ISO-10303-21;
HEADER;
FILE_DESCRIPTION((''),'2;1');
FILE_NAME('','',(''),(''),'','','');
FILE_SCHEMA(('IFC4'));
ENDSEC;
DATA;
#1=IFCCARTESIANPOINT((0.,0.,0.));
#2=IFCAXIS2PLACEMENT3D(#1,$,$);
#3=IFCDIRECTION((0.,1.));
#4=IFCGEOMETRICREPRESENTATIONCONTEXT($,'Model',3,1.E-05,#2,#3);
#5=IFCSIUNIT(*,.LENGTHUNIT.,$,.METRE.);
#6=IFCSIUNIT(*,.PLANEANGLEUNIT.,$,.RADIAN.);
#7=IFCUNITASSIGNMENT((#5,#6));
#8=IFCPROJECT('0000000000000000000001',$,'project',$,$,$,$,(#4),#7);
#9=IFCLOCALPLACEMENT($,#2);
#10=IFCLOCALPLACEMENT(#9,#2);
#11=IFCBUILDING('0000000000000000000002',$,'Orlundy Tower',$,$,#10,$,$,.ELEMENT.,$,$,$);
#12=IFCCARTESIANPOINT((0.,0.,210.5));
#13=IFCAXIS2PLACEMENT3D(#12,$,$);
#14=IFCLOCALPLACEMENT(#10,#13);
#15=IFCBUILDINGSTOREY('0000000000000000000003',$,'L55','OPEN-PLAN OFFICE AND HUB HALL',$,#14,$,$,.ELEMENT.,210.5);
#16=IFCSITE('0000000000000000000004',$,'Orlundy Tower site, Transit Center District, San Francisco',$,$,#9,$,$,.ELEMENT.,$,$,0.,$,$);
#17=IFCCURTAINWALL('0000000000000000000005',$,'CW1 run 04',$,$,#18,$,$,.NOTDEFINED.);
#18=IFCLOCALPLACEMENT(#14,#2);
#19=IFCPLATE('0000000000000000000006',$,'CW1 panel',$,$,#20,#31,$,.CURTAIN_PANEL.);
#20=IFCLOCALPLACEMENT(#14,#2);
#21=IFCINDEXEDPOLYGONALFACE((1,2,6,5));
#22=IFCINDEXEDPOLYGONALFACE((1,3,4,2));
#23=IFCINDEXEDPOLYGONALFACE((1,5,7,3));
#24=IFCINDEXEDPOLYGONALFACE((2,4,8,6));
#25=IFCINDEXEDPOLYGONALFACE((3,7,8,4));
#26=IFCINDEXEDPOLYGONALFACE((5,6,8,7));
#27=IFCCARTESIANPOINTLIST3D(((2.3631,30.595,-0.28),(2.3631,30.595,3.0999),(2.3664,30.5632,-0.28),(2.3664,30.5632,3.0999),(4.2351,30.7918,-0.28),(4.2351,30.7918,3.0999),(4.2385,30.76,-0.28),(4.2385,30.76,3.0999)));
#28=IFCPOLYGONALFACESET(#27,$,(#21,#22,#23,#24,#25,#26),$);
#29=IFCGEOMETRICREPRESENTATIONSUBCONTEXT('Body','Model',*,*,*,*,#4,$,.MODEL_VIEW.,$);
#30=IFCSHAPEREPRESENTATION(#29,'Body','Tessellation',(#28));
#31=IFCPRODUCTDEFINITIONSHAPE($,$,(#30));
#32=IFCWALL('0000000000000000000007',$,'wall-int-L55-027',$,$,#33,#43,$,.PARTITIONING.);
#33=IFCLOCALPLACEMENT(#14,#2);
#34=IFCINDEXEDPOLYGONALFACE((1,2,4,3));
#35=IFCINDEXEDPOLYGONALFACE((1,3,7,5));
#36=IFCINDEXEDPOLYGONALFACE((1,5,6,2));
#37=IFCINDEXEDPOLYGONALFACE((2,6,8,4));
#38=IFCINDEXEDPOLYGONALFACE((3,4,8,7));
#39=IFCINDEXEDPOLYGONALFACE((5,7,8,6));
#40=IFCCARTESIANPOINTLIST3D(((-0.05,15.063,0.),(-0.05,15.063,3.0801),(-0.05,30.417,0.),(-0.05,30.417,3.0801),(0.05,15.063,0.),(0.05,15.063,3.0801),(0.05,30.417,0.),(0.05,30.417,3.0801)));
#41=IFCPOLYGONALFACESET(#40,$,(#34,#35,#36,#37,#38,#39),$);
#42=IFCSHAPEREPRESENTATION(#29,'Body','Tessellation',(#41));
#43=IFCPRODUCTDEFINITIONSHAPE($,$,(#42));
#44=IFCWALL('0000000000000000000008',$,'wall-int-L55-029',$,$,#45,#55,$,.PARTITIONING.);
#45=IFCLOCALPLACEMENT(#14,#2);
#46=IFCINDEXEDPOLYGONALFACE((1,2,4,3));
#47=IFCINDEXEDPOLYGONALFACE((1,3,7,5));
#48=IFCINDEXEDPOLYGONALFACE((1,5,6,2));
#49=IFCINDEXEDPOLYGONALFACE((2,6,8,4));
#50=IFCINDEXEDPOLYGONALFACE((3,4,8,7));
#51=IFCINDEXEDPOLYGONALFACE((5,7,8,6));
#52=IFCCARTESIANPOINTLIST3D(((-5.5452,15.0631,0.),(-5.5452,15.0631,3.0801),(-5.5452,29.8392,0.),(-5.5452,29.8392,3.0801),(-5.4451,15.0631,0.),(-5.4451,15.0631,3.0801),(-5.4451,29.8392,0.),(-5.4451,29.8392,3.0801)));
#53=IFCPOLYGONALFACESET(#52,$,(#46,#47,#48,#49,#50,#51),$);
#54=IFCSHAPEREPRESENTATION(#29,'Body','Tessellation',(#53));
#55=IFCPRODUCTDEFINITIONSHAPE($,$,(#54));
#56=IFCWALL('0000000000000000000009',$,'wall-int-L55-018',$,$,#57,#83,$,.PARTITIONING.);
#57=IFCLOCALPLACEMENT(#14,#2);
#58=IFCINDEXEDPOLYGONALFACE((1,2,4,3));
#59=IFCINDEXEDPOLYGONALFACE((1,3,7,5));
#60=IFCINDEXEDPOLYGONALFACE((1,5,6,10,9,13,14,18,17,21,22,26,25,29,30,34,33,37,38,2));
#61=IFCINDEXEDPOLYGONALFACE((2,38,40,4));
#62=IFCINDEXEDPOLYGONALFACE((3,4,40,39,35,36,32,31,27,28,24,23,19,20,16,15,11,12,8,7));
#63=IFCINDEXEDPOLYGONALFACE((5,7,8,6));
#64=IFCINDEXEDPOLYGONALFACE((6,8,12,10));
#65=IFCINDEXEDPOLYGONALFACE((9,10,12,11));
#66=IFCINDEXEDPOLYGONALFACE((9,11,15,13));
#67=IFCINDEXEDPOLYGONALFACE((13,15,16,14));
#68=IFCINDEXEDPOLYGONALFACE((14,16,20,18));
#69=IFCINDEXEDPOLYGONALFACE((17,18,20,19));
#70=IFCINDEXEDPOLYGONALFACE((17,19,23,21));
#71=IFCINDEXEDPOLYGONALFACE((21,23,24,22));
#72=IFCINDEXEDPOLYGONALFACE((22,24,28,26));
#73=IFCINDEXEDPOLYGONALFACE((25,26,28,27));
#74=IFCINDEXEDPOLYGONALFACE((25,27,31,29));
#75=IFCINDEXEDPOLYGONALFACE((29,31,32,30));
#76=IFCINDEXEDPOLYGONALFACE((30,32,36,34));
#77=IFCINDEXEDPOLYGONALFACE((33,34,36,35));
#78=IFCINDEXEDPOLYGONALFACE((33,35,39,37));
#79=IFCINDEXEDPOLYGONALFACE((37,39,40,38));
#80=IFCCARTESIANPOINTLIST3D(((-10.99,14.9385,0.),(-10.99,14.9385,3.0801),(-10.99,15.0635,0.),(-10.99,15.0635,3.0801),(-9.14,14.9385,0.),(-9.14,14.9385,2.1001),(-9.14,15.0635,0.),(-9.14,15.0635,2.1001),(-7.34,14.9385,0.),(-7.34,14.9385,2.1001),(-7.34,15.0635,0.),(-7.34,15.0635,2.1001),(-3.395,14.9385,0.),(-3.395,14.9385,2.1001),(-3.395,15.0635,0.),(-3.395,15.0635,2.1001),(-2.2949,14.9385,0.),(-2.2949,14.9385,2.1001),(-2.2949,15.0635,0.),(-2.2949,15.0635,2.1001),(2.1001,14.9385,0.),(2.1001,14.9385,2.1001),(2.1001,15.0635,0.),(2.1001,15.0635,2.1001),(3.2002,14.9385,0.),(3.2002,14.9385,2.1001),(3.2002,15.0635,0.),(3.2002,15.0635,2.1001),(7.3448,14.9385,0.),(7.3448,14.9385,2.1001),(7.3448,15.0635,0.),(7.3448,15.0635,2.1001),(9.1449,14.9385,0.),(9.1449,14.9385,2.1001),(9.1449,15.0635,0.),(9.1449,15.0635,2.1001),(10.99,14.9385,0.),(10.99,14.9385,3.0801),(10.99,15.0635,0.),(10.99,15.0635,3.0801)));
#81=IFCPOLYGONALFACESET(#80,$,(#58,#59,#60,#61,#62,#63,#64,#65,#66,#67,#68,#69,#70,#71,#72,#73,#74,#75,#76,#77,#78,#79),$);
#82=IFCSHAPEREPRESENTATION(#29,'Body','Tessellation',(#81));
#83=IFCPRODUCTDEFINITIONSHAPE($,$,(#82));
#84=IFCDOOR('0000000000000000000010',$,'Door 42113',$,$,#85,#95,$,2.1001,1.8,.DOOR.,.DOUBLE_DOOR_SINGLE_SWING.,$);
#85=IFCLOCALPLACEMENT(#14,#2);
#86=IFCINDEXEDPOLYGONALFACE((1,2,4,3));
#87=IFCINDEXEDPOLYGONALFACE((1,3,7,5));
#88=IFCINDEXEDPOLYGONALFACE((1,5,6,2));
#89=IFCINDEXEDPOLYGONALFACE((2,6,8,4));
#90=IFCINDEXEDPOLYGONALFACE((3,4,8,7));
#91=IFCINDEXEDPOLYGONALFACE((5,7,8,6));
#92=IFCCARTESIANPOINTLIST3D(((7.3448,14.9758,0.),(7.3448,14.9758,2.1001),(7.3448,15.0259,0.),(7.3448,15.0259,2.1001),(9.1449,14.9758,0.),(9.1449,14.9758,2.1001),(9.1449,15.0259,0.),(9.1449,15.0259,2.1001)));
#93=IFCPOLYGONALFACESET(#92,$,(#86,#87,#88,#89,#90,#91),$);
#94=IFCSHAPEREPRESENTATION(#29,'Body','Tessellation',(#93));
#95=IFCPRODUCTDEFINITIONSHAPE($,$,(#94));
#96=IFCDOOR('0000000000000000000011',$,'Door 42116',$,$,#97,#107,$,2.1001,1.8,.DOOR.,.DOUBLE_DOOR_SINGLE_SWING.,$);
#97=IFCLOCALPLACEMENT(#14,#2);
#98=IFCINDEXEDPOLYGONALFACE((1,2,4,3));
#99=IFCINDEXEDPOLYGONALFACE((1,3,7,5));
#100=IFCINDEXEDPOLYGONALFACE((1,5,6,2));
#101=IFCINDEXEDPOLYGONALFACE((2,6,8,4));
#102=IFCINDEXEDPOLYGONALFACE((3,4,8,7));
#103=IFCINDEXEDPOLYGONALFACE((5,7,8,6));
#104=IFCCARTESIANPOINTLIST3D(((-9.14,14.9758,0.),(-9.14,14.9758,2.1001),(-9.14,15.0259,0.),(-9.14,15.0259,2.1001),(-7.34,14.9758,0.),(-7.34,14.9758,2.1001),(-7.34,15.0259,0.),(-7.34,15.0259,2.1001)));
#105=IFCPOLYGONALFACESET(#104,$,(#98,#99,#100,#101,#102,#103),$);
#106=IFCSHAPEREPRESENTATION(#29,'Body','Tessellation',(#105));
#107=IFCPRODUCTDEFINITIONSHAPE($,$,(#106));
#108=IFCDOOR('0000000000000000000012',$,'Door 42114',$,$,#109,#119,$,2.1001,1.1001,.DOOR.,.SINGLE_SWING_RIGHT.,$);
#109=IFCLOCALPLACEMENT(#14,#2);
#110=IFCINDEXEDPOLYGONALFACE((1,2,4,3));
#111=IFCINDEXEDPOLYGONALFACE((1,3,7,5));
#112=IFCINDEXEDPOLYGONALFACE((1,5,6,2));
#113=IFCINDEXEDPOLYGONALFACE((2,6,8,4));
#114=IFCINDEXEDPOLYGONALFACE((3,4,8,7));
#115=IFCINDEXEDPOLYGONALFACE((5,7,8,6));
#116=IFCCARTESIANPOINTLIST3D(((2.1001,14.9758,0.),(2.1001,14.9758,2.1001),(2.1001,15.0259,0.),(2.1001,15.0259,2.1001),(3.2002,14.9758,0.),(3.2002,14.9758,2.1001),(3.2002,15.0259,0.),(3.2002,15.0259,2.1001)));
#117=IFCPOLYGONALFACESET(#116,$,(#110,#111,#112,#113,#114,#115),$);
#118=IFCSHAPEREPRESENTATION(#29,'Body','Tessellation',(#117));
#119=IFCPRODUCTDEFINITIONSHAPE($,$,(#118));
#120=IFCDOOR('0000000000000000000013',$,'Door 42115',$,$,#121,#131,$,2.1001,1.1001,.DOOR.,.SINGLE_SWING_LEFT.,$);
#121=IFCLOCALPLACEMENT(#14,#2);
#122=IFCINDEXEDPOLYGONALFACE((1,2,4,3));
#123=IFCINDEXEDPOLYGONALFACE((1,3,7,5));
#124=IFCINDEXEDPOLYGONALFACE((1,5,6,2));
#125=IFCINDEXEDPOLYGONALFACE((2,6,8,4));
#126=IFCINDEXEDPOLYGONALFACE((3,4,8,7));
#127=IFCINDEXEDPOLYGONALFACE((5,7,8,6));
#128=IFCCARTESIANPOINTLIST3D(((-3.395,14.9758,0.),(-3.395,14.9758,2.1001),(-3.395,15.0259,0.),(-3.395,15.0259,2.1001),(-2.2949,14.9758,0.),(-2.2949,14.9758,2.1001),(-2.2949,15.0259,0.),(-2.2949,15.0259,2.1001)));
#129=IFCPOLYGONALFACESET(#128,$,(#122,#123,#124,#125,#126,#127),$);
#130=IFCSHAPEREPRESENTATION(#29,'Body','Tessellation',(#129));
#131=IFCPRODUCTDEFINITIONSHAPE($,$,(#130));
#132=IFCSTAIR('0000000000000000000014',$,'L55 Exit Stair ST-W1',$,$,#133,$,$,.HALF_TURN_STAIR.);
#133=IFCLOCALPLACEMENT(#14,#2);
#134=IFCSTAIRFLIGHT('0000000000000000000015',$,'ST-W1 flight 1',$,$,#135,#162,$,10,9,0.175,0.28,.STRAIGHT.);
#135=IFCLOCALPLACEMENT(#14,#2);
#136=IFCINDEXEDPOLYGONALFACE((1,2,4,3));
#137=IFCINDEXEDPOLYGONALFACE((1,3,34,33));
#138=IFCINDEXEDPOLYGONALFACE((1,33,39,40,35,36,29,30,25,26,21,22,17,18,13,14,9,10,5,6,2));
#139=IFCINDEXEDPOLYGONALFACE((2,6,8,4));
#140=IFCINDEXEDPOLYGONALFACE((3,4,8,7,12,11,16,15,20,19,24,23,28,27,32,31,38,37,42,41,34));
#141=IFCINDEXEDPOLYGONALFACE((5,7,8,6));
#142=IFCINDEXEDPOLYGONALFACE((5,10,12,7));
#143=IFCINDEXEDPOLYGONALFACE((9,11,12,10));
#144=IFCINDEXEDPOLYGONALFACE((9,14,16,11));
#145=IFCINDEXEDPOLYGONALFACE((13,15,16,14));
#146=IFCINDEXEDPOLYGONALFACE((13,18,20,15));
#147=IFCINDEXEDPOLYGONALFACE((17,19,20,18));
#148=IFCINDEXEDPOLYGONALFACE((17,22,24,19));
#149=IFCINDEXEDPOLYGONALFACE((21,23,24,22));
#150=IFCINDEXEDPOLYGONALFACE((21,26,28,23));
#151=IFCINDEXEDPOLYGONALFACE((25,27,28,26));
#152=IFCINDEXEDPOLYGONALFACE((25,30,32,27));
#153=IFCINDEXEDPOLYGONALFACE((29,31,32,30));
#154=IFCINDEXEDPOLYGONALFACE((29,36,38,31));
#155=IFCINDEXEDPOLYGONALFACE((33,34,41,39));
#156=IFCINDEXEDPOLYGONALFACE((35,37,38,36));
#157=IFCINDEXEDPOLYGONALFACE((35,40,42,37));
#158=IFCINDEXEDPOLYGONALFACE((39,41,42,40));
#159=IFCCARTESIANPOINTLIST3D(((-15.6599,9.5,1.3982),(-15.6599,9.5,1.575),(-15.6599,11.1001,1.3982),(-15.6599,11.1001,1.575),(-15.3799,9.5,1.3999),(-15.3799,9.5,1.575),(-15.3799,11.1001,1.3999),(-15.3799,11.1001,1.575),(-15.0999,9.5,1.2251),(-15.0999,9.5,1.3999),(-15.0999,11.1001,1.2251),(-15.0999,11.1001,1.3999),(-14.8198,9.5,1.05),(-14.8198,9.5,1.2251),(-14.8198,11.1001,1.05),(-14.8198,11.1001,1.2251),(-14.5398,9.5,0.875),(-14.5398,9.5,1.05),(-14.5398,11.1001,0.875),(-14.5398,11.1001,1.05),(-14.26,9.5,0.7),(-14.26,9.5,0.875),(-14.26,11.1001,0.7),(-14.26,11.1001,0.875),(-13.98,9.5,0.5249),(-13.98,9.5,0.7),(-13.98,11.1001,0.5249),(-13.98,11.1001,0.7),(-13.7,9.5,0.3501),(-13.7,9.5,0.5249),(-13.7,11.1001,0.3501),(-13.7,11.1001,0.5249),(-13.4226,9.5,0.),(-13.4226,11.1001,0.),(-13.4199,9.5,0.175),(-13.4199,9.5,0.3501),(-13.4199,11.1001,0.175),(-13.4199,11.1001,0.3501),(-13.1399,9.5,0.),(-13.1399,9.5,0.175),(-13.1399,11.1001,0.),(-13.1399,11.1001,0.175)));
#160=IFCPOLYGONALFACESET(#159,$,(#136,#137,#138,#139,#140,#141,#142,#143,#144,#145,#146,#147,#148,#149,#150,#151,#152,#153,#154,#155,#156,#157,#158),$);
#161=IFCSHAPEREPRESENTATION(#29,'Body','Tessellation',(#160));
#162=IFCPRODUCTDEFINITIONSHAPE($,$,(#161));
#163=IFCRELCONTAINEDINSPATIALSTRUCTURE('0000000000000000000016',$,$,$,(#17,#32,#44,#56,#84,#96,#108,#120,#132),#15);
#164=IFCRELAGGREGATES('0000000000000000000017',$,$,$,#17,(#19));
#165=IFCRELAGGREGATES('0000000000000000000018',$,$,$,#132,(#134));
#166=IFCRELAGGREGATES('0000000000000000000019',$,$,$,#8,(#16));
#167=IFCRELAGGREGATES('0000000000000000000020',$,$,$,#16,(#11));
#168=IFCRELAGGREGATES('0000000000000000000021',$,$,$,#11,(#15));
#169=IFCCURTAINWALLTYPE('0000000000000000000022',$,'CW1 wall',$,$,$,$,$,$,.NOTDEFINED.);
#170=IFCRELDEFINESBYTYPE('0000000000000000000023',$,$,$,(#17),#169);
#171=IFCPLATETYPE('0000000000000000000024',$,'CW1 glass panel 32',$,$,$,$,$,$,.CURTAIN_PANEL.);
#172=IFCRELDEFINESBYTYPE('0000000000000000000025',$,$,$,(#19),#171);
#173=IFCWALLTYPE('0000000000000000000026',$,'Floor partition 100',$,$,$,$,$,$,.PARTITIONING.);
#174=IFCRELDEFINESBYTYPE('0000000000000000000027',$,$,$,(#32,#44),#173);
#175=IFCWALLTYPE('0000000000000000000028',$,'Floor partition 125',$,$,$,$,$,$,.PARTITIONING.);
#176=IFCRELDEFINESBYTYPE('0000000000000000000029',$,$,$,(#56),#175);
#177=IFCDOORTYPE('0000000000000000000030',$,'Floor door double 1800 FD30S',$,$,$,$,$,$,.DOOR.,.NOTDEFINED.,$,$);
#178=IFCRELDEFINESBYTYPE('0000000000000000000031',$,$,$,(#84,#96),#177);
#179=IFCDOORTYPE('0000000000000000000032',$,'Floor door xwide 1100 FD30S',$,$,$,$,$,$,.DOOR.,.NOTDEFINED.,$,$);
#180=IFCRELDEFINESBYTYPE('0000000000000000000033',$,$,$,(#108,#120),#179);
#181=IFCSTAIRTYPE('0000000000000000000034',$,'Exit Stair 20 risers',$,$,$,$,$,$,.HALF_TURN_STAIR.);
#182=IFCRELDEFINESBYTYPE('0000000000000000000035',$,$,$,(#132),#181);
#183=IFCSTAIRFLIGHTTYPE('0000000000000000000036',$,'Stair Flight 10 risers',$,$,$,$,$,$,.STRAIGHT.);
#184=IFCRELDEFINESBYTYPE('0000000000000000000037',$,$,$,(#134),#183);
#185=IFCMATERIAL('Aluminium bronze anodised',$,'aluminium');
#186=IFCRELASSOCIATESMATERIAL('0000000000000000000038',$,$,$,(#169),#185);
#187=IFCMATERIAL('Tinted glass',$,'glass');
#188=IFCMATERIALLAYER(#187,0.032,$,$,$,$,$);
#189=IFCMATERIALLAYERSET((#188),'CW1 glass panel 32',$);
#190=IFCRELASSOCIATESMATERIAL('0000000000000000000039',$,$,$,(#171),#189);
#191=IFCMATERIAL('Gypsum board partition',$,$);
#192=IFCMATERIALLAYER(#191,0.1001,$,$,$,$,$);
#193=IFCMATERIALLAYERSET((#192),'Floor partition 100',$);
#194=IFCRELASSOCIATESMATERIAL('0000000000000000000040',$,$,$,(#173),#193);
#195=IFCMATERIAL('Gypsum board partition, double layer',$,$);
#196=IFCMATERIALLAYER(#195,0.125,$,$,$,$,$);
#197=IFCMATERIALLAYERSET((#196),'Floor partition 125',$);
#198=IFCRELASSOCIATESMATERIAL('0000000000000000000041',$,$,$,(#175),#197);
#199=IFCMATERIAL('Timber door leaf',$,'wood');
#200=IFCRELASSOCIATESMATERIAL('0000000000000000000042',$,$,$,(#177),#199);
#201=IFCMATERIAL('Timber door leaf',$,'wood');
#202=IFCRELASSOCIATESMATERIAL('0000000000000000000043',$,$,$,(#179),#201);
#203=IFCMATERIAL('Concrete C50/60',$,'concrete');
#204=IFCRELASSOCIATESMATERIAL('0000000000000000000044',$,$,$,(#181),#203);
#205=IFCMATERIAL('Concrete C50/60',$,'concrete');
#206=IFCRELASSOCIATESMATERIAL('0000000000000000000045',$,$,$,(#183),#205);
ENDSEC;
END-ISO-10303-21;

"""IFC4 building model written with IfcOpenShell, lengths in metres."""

from ifc_helpers import new_model, si_unit, direction, frame, frame_2d, origin, origin_2d, place, context, subcontext, project, spatial, polyline, rectangle, outline, extrude, material, layer, layer_set, type_object, element, fill, aggregate, save


model = new_model("IFC4")

# Units and contexts
model_context = context("Model", 3, precision=1e-05, world=origin(), true_north=direction((0.0, 1.0)))
body_context = subcontext(model_context, "Body", "Model", "MODEL_VIEW")
ifc_project = project(units=[si_unit("LENGTHUNIT", "METRE"), si_unit("PLANEANGLEUNIT", "RADIAN")], contexts=[model_context])

# Site, building, storey
site_placement = place(None, origin())
site = spatial("IfcSite", under=ifc_project, at=site_placement, Name="Orlundy Tower site, Transit Center District, San Francisco", CompositionType="ELEMENT", RefElevation=0.0)
building_placement = place(site_placement, origin())
building = spatial("IfcBuilding", under=site, at=building_placement, Name="Orlundy Tower", CompositionType="ELEMENT")
storey_placement = place(building_placement, frame((0.0, 0.0, 210.5)))
storey = spatial("IfcBuildingStorey", under=building, at=storey_placement, Name="L55", Description="OPEN-PLAN OFFICE AND HUB HALL", CompositionType="ELEMENT", Elevation=210.5)

# Curtain wall
ifc_material_1 = material(Name="Aluminium bronze anodised", Category="aluminium")
curtain_wall_type = type_object("IfcCurtainWallType", Name="CW1 wall", PredefinedType="NOTDEFINED", material=ifc_material_1)
curtain_wall_1_placement = place(storey_placement, origin())
curtain_wall_1 = element("IfcCurtainWall", 1, at=curtain_wall_1_placement, inside=storey, type_object=curtain_wall_type, Name="CW1 run 04", PredefinedType="NOTDEFINED")

# Shared definitions
ifc_material_2 = material(Name="Tinted glass", Category="glass")
ifc_layer_1 = layer(ifc_material_2, 0.032)
ifc_layer_set_1 = layer_set([ifc_layer_1], Name="CW1 glass panel 32")
plate_type = type_object("IfcPlateType", Name="CW1 glass panel 32", PredefinedType="CURTAIN_PANEL", material=ifc_layer_set_1)

# Plate
plate_1_placement = place(storey_placement, frame((3.3008, 30.6775, -0.28), z_axis=(0.0, 0.0, 1.0), x_axis=(0.994521, 0.104538, 0.0)))
plate_1 = element("IfcPlate", 2, at=plate_1_placement, type_object=plate_type, Name="CW1 panel", PredefinedType="CURTAIN_PANEL", context=body_context, shape_type="SweptSolid", body=[
    extrude(rectangle(XDim=1.8823, YDim=0.032, at=origin_2d()), origin(), (0.0, 0.0, 1.0), 3.3799),
])
aggregate(curtain_wall_1, [plate_1])

# Walls
ifc_material_3 = material(Name="Gypsum board partition")
ifc_layer_2 = layer(ifc_material_3, 0.1001)
ifc_layer_set_2 = layer_set([ifc_layer_2], Name="Floor partition 100")
wall_type_1 = type_object("IfcWallType", Name="Floor partition 100", PredefinedType="PARTITIONING", material=ifc_layer_set_2)
wall_1_placement = place(storey_placement, frame((0.0, 15.063, 0.0), z_axis=(0.0, 0.0, 1.0), x_axis=(0.0, 1.0, 0.0)))
element("IfcWall", 3, at=wall_1_placement, inside=storey, type_object=wall_type_1, Name="wall-int-L55-027", PredefinedType="PARTITIONING", context=body_context, shape_type="SweptSolid", body=[
    extrude(rectangle(XDim=15.354, YDim=0.1001, at=frame_2d((7.677, 0.0))), origin(), (0.0, 0.0, 1.0), 3.0801),
])
wall_2_placement = place(storey_placement, frame((-5.4951, 15.063, 0.0), z_axis=(0.0, 0.0, 1.0), x_axis=(0.0, 1.0, 0.0)))
element("IfcWall", 4, at=wall_2_placement, inside=storey, type_object=wall_type_1, Name="wall-int-L55-029", PredefinedType="PARTITIONING", context=body_context, shape_type="SweptSolid", body=[
    extrude(rectangle(XDim=14.7761, YDim=0.1001, at=frame_2d((7.3882, 0.0))), origin(), (0.0, 0.0, 1.0), 3.0801),
])

# Wall, openings, doors
ifc_material_4 = material(Name="Gypsum board partition, double layer")
ifc_layer_3 = layer(ifc_material_4, 0.125)
ifc_layer_set_3 = layer_set([ifc_layer_3], Name="Floor partition 125")
wall_type_2 = type_object("IfcWallType", Name="Floor partition 125", PredefinedType="PARTITIONING", material=ifc_layer_set_3)
wall_3_placement = place(storey_placement, frame((-10.99, 15.001, 0.0), z_axis=(0.0, 0.0, 1.0), x_axis=(1.0, 0.0, 0.0)))
wall_3 = element("IfcWall", 5, at=wall_3_placement, inside=storey, type_object=wall_type_2, Name="wall-int-L55-018", PredefinedType="PARTITIONING", context=body_context, shape_type="SweptSolid", body=[
    extrude(rectangle(XDim=21.98, YDim=0.125, at=frame_2d((10.99, 0.0))), origin(), (0.0, 0.0, 1.0), 3.0801),
])
opening_1_placement = place(wall_3_placement, frame((18.335, 0.0, 0.0)))
opening_1 = element("IfcOpeningElement", 6, at=opening_1_placement, cuts=wall_3, PredefinedType="OPENING", context=body_context, shape_type="SweptSolid", body=[
    extrude(rectangle(XDim=1.8, YDim=2.1001, at=frame_2d((0.8999, 1.05))), frame((0.0, 0.0725, 0.0), z_axis=(0.0, -1.0, 0.0), x_axis=(1.0, 0.0, 0.0)), (0.0, 0.0, 1.0), 0.145),
])
opening_2_placement = place(wall_3_placement, frame((13.0901, 0.0, 0.0)))
opening_2 = element("IfcOpeningElement", 7, at=opening_2_placement, cuts=wall_3, PredefinedType="OPENING", context=body_context, shape_type="SweptSolid", body=[
    extrude(rectangle(XDim=1.1001, YDim=2.1001, at=frame_2d((0.55, 1.05))), frame((0.0, 0.0725, 0.0), z_axis=(0.0, -1.0, 0.0), x_axis=(1.0, 0.0, 0.0)), (0.0, 0.0, 1.0), 0.145),
])
opening_3_placement = place(wall_3_placement, frame((7.595, 0.0, 0.0)))
opening_3 = element("IfcOpeningElement", 8, at=opening_3_placement, cuts=wall_3, PredefinedType="OPENING", context=body_context, shape_type="SweptSolid", body=[
    extrude(rectangle(XDim=1.1001, YDim=2.1001, at=frame_2d((0.55, 1.05))), frame((0.0, 0.0725, 0.0), z_axis=(0.0, -1.0, 0.0), x_axis=(1.0, 0.0, 0.0)), (0.0, 0.0, 1.0), 0.145),
])
opening_4_placement = place(wall_3_placement, frame((1.8501, 0.0, 0.0)))
opening_4 = element("IfcOpeningElement", 9, at=opening_4_placement, cuts=wall_3, PredefinedType="OPENING", context=body_context, shape_type="SweptSolid", body=[
    extrude(rectangle(XDim=1.8, YDim=2.1001, at=frame_2d((0.8999, 1.05))), frame((0.0, 0.0725, 0.0), z_axis=(0.0, -1.0, 0.0), x_axis=(1.0, 0.0, 0.0)), (0.0, 0.0, 1.0), 0.145),
])
ifc_material_5 = material(Name="Timber door leaf", Category="wood")
door_type_1 = type_object("IfcDoorType", Name="Floor door double 1800 FD30S", OperationType="NOTDEFINED", PredefinedType="DOOR", material=ifc_material_5)
door_1_placement = place(opening_1_placement, origin())
door_1 = element("IfcDoor", 10, at=door_1_placement, inside=storey, type_object=door_type_1, Name="Door 42113", OperationType="DOUBLE_DOOR_SINGLE_SWING", OverallHeight=2.1001, OverallWidth=1.8, PredefinedType="DOOR", context=body_context, shape_type="SweptSolid", body=[
    extrude(rectangle(XDim=1.8, YDim=2.1001, at=frame_2d((0.8999, 1.05))), frame((0.0, 0.0249, 0.0), z_axis=(0.0, -1.0, 0.0), x_axis=(1.0, 0.0, 0.0)), (0.0, 0.0, 1.0), 0.05),
])
fill(opening_1, door_1)
door_2_placement = place(opening_4_placement, origin())
door_2 = element("IfcDoor", 11, at=door_2_placement, inside=storey, type_object=door_type_1, Name="Door 42116", OperationType="DOUBLE_DOOR_SINGLE_SWING", OverallHeight=2.1001, OverallWidth=1.8, PredefinedType="DOOR", context=body_context, shape_type="SweptSolid", body=[
    extrude(rectangle(XDim=1.8, YDim=2.1001, at=frame_2d((0.8999, 1.05))), frame((0.0, 0.0249, 0.0), z_axis=(0.0, -1.0, 0.0), x_axis=(1.0, 0.0, 0.0)), (0.0, 0.0, 1.0), 0.05),
])
fill(opening_4, door_2)
ifc_material_6 = material(Name="Timber door leaf", Category="wood")
door_type_2 = type_object("IfcDoorType", Name="Floor door xwide 1100 FD30S", OperationType="NOTDEFINED", PredefinedType="DOOR", material=ifc_material_6)
door_3_placement = place(opening_2_placement, origin())
door_3 = element("IfcDoor", 12, at=door_3_placement, inside=storey, type_object=door_type_2, Name="Door 42114", OperationType="SINGLE_SWING_RIGHT", OverallHeight=2.1001, OverallWidth=1.1001, PredefinedType="DOOR", context=body_context, shape_type="SweptSolid", body=[
    extrude(rectangle(XDim=1.1001, YDim=2.1001, at=frame_2d((0.55, 1.05))), frame((0.0, 0.0249, 0.0), z_axis=(0.0, -1.0, 0.0), x_axis=(1.0, 0.0, 0.0)), (0.0, 0.0, 1.0), 0.05),
])
fill(opening_2, door_3)
door_4_placement = place(opening_3_placement, origin())
door_4 = element("IfcDoor", 13, at=door_4_placement, inside=storey, type_object=door_type_2, Name="Door 42115", OperationType="SINGLE_SWING_LEFT", OverallHeight=2.1001, OverallWidth=1.1001, PredefinedType="DOOR", context=body_context, shape_type="SweptSolid", body=[
    extrude(rectangle(XDim=1.1001, YDim=2.1001, at=frame_2d((0.55, 1.05))), frame((0.0, 0.0249, 0.0), z_axis=(0.0, -1.0, 0.0), x_axis=(1.0, 0.0, 0.0)), (0.0, 0.0, 1.0), 0.05),
])
fill(opening_3, door_4)

# Stair, stair flight
ifc_material_7 = material(Name="Concrete C50/60", Category="concrete")
stair_type = type_object("IfcStairType", Name="Exit Stair 20 risers", PredefinedType="HALF_TURN_STAIR", material=ifc_material_7)
stair_placement = place(storey_placement, origin())
stair = element("IfcStair", 14, at=stair_placement, inside=storey, type_object=stair_type, Name="L55 Exit Stair ST-W1", PredefinedType="HALF_TURN_STAIR")
ifc_material_8 = material(Name="Concrete C50/60", Category="concrete")
stair_flight_type = type_object("IfcStairFlightType", Name="Stair Flight 10 risers", PredefinedType="STRAIGHT", material=ifc_material_8)
stair_flight_placement = place(storey_placement, frame((-13.1399, 10.3, 0.0), z_axis=(0.0, 0.0, 1.0), x_axis=(-1.0, 0.0, 0.0)))
stair_flight = element("IfcStairFlight", 15, at=stair_flight_placement, type_object=stair_flight_type, Name="ST-W1 flight 1", NumberOfRisers=10, NumberOfTreads=9, PredefinedType="STRAIGHT", RiserHeight=0.175, TreadLength=0.28, context=body_context, shape_type="SweptSolid", body=[
    extrude(outline(polyline([(0.0, 0.0), (0.0, 0.175), (0.28, 0.175), (0.28, 0.3501), (0.5601, 0.3501), (0.5601, 0.5249), (0.8401, 0.5249), (0.8401, 0.7), (1.1201, 0.7), (1.1201, 0.875), (1.3999, 0.875), (1.3999, 1.05), (1.6799, 1.05), (1.6799, 1.2251), (1.96, 1.2251), (1.96, 1.3999), (2.24, 1.3999), (2.24, 1.575), (2.52, 1.575), (2.52, 1.75), (2.52, 1.3982), (0.2827, 0.0), (0.0, 0.0)])), frame((0.0, 0.8, 0.0), z_axis=(0.0, -1.0, 0.0), x_axis=(1.0, 0.0, 0.0)), (0.0, 0.0, 1.0), 1.6001),
])
aggregate(stair, [stair_flight])

save(model, "model.ifc")
